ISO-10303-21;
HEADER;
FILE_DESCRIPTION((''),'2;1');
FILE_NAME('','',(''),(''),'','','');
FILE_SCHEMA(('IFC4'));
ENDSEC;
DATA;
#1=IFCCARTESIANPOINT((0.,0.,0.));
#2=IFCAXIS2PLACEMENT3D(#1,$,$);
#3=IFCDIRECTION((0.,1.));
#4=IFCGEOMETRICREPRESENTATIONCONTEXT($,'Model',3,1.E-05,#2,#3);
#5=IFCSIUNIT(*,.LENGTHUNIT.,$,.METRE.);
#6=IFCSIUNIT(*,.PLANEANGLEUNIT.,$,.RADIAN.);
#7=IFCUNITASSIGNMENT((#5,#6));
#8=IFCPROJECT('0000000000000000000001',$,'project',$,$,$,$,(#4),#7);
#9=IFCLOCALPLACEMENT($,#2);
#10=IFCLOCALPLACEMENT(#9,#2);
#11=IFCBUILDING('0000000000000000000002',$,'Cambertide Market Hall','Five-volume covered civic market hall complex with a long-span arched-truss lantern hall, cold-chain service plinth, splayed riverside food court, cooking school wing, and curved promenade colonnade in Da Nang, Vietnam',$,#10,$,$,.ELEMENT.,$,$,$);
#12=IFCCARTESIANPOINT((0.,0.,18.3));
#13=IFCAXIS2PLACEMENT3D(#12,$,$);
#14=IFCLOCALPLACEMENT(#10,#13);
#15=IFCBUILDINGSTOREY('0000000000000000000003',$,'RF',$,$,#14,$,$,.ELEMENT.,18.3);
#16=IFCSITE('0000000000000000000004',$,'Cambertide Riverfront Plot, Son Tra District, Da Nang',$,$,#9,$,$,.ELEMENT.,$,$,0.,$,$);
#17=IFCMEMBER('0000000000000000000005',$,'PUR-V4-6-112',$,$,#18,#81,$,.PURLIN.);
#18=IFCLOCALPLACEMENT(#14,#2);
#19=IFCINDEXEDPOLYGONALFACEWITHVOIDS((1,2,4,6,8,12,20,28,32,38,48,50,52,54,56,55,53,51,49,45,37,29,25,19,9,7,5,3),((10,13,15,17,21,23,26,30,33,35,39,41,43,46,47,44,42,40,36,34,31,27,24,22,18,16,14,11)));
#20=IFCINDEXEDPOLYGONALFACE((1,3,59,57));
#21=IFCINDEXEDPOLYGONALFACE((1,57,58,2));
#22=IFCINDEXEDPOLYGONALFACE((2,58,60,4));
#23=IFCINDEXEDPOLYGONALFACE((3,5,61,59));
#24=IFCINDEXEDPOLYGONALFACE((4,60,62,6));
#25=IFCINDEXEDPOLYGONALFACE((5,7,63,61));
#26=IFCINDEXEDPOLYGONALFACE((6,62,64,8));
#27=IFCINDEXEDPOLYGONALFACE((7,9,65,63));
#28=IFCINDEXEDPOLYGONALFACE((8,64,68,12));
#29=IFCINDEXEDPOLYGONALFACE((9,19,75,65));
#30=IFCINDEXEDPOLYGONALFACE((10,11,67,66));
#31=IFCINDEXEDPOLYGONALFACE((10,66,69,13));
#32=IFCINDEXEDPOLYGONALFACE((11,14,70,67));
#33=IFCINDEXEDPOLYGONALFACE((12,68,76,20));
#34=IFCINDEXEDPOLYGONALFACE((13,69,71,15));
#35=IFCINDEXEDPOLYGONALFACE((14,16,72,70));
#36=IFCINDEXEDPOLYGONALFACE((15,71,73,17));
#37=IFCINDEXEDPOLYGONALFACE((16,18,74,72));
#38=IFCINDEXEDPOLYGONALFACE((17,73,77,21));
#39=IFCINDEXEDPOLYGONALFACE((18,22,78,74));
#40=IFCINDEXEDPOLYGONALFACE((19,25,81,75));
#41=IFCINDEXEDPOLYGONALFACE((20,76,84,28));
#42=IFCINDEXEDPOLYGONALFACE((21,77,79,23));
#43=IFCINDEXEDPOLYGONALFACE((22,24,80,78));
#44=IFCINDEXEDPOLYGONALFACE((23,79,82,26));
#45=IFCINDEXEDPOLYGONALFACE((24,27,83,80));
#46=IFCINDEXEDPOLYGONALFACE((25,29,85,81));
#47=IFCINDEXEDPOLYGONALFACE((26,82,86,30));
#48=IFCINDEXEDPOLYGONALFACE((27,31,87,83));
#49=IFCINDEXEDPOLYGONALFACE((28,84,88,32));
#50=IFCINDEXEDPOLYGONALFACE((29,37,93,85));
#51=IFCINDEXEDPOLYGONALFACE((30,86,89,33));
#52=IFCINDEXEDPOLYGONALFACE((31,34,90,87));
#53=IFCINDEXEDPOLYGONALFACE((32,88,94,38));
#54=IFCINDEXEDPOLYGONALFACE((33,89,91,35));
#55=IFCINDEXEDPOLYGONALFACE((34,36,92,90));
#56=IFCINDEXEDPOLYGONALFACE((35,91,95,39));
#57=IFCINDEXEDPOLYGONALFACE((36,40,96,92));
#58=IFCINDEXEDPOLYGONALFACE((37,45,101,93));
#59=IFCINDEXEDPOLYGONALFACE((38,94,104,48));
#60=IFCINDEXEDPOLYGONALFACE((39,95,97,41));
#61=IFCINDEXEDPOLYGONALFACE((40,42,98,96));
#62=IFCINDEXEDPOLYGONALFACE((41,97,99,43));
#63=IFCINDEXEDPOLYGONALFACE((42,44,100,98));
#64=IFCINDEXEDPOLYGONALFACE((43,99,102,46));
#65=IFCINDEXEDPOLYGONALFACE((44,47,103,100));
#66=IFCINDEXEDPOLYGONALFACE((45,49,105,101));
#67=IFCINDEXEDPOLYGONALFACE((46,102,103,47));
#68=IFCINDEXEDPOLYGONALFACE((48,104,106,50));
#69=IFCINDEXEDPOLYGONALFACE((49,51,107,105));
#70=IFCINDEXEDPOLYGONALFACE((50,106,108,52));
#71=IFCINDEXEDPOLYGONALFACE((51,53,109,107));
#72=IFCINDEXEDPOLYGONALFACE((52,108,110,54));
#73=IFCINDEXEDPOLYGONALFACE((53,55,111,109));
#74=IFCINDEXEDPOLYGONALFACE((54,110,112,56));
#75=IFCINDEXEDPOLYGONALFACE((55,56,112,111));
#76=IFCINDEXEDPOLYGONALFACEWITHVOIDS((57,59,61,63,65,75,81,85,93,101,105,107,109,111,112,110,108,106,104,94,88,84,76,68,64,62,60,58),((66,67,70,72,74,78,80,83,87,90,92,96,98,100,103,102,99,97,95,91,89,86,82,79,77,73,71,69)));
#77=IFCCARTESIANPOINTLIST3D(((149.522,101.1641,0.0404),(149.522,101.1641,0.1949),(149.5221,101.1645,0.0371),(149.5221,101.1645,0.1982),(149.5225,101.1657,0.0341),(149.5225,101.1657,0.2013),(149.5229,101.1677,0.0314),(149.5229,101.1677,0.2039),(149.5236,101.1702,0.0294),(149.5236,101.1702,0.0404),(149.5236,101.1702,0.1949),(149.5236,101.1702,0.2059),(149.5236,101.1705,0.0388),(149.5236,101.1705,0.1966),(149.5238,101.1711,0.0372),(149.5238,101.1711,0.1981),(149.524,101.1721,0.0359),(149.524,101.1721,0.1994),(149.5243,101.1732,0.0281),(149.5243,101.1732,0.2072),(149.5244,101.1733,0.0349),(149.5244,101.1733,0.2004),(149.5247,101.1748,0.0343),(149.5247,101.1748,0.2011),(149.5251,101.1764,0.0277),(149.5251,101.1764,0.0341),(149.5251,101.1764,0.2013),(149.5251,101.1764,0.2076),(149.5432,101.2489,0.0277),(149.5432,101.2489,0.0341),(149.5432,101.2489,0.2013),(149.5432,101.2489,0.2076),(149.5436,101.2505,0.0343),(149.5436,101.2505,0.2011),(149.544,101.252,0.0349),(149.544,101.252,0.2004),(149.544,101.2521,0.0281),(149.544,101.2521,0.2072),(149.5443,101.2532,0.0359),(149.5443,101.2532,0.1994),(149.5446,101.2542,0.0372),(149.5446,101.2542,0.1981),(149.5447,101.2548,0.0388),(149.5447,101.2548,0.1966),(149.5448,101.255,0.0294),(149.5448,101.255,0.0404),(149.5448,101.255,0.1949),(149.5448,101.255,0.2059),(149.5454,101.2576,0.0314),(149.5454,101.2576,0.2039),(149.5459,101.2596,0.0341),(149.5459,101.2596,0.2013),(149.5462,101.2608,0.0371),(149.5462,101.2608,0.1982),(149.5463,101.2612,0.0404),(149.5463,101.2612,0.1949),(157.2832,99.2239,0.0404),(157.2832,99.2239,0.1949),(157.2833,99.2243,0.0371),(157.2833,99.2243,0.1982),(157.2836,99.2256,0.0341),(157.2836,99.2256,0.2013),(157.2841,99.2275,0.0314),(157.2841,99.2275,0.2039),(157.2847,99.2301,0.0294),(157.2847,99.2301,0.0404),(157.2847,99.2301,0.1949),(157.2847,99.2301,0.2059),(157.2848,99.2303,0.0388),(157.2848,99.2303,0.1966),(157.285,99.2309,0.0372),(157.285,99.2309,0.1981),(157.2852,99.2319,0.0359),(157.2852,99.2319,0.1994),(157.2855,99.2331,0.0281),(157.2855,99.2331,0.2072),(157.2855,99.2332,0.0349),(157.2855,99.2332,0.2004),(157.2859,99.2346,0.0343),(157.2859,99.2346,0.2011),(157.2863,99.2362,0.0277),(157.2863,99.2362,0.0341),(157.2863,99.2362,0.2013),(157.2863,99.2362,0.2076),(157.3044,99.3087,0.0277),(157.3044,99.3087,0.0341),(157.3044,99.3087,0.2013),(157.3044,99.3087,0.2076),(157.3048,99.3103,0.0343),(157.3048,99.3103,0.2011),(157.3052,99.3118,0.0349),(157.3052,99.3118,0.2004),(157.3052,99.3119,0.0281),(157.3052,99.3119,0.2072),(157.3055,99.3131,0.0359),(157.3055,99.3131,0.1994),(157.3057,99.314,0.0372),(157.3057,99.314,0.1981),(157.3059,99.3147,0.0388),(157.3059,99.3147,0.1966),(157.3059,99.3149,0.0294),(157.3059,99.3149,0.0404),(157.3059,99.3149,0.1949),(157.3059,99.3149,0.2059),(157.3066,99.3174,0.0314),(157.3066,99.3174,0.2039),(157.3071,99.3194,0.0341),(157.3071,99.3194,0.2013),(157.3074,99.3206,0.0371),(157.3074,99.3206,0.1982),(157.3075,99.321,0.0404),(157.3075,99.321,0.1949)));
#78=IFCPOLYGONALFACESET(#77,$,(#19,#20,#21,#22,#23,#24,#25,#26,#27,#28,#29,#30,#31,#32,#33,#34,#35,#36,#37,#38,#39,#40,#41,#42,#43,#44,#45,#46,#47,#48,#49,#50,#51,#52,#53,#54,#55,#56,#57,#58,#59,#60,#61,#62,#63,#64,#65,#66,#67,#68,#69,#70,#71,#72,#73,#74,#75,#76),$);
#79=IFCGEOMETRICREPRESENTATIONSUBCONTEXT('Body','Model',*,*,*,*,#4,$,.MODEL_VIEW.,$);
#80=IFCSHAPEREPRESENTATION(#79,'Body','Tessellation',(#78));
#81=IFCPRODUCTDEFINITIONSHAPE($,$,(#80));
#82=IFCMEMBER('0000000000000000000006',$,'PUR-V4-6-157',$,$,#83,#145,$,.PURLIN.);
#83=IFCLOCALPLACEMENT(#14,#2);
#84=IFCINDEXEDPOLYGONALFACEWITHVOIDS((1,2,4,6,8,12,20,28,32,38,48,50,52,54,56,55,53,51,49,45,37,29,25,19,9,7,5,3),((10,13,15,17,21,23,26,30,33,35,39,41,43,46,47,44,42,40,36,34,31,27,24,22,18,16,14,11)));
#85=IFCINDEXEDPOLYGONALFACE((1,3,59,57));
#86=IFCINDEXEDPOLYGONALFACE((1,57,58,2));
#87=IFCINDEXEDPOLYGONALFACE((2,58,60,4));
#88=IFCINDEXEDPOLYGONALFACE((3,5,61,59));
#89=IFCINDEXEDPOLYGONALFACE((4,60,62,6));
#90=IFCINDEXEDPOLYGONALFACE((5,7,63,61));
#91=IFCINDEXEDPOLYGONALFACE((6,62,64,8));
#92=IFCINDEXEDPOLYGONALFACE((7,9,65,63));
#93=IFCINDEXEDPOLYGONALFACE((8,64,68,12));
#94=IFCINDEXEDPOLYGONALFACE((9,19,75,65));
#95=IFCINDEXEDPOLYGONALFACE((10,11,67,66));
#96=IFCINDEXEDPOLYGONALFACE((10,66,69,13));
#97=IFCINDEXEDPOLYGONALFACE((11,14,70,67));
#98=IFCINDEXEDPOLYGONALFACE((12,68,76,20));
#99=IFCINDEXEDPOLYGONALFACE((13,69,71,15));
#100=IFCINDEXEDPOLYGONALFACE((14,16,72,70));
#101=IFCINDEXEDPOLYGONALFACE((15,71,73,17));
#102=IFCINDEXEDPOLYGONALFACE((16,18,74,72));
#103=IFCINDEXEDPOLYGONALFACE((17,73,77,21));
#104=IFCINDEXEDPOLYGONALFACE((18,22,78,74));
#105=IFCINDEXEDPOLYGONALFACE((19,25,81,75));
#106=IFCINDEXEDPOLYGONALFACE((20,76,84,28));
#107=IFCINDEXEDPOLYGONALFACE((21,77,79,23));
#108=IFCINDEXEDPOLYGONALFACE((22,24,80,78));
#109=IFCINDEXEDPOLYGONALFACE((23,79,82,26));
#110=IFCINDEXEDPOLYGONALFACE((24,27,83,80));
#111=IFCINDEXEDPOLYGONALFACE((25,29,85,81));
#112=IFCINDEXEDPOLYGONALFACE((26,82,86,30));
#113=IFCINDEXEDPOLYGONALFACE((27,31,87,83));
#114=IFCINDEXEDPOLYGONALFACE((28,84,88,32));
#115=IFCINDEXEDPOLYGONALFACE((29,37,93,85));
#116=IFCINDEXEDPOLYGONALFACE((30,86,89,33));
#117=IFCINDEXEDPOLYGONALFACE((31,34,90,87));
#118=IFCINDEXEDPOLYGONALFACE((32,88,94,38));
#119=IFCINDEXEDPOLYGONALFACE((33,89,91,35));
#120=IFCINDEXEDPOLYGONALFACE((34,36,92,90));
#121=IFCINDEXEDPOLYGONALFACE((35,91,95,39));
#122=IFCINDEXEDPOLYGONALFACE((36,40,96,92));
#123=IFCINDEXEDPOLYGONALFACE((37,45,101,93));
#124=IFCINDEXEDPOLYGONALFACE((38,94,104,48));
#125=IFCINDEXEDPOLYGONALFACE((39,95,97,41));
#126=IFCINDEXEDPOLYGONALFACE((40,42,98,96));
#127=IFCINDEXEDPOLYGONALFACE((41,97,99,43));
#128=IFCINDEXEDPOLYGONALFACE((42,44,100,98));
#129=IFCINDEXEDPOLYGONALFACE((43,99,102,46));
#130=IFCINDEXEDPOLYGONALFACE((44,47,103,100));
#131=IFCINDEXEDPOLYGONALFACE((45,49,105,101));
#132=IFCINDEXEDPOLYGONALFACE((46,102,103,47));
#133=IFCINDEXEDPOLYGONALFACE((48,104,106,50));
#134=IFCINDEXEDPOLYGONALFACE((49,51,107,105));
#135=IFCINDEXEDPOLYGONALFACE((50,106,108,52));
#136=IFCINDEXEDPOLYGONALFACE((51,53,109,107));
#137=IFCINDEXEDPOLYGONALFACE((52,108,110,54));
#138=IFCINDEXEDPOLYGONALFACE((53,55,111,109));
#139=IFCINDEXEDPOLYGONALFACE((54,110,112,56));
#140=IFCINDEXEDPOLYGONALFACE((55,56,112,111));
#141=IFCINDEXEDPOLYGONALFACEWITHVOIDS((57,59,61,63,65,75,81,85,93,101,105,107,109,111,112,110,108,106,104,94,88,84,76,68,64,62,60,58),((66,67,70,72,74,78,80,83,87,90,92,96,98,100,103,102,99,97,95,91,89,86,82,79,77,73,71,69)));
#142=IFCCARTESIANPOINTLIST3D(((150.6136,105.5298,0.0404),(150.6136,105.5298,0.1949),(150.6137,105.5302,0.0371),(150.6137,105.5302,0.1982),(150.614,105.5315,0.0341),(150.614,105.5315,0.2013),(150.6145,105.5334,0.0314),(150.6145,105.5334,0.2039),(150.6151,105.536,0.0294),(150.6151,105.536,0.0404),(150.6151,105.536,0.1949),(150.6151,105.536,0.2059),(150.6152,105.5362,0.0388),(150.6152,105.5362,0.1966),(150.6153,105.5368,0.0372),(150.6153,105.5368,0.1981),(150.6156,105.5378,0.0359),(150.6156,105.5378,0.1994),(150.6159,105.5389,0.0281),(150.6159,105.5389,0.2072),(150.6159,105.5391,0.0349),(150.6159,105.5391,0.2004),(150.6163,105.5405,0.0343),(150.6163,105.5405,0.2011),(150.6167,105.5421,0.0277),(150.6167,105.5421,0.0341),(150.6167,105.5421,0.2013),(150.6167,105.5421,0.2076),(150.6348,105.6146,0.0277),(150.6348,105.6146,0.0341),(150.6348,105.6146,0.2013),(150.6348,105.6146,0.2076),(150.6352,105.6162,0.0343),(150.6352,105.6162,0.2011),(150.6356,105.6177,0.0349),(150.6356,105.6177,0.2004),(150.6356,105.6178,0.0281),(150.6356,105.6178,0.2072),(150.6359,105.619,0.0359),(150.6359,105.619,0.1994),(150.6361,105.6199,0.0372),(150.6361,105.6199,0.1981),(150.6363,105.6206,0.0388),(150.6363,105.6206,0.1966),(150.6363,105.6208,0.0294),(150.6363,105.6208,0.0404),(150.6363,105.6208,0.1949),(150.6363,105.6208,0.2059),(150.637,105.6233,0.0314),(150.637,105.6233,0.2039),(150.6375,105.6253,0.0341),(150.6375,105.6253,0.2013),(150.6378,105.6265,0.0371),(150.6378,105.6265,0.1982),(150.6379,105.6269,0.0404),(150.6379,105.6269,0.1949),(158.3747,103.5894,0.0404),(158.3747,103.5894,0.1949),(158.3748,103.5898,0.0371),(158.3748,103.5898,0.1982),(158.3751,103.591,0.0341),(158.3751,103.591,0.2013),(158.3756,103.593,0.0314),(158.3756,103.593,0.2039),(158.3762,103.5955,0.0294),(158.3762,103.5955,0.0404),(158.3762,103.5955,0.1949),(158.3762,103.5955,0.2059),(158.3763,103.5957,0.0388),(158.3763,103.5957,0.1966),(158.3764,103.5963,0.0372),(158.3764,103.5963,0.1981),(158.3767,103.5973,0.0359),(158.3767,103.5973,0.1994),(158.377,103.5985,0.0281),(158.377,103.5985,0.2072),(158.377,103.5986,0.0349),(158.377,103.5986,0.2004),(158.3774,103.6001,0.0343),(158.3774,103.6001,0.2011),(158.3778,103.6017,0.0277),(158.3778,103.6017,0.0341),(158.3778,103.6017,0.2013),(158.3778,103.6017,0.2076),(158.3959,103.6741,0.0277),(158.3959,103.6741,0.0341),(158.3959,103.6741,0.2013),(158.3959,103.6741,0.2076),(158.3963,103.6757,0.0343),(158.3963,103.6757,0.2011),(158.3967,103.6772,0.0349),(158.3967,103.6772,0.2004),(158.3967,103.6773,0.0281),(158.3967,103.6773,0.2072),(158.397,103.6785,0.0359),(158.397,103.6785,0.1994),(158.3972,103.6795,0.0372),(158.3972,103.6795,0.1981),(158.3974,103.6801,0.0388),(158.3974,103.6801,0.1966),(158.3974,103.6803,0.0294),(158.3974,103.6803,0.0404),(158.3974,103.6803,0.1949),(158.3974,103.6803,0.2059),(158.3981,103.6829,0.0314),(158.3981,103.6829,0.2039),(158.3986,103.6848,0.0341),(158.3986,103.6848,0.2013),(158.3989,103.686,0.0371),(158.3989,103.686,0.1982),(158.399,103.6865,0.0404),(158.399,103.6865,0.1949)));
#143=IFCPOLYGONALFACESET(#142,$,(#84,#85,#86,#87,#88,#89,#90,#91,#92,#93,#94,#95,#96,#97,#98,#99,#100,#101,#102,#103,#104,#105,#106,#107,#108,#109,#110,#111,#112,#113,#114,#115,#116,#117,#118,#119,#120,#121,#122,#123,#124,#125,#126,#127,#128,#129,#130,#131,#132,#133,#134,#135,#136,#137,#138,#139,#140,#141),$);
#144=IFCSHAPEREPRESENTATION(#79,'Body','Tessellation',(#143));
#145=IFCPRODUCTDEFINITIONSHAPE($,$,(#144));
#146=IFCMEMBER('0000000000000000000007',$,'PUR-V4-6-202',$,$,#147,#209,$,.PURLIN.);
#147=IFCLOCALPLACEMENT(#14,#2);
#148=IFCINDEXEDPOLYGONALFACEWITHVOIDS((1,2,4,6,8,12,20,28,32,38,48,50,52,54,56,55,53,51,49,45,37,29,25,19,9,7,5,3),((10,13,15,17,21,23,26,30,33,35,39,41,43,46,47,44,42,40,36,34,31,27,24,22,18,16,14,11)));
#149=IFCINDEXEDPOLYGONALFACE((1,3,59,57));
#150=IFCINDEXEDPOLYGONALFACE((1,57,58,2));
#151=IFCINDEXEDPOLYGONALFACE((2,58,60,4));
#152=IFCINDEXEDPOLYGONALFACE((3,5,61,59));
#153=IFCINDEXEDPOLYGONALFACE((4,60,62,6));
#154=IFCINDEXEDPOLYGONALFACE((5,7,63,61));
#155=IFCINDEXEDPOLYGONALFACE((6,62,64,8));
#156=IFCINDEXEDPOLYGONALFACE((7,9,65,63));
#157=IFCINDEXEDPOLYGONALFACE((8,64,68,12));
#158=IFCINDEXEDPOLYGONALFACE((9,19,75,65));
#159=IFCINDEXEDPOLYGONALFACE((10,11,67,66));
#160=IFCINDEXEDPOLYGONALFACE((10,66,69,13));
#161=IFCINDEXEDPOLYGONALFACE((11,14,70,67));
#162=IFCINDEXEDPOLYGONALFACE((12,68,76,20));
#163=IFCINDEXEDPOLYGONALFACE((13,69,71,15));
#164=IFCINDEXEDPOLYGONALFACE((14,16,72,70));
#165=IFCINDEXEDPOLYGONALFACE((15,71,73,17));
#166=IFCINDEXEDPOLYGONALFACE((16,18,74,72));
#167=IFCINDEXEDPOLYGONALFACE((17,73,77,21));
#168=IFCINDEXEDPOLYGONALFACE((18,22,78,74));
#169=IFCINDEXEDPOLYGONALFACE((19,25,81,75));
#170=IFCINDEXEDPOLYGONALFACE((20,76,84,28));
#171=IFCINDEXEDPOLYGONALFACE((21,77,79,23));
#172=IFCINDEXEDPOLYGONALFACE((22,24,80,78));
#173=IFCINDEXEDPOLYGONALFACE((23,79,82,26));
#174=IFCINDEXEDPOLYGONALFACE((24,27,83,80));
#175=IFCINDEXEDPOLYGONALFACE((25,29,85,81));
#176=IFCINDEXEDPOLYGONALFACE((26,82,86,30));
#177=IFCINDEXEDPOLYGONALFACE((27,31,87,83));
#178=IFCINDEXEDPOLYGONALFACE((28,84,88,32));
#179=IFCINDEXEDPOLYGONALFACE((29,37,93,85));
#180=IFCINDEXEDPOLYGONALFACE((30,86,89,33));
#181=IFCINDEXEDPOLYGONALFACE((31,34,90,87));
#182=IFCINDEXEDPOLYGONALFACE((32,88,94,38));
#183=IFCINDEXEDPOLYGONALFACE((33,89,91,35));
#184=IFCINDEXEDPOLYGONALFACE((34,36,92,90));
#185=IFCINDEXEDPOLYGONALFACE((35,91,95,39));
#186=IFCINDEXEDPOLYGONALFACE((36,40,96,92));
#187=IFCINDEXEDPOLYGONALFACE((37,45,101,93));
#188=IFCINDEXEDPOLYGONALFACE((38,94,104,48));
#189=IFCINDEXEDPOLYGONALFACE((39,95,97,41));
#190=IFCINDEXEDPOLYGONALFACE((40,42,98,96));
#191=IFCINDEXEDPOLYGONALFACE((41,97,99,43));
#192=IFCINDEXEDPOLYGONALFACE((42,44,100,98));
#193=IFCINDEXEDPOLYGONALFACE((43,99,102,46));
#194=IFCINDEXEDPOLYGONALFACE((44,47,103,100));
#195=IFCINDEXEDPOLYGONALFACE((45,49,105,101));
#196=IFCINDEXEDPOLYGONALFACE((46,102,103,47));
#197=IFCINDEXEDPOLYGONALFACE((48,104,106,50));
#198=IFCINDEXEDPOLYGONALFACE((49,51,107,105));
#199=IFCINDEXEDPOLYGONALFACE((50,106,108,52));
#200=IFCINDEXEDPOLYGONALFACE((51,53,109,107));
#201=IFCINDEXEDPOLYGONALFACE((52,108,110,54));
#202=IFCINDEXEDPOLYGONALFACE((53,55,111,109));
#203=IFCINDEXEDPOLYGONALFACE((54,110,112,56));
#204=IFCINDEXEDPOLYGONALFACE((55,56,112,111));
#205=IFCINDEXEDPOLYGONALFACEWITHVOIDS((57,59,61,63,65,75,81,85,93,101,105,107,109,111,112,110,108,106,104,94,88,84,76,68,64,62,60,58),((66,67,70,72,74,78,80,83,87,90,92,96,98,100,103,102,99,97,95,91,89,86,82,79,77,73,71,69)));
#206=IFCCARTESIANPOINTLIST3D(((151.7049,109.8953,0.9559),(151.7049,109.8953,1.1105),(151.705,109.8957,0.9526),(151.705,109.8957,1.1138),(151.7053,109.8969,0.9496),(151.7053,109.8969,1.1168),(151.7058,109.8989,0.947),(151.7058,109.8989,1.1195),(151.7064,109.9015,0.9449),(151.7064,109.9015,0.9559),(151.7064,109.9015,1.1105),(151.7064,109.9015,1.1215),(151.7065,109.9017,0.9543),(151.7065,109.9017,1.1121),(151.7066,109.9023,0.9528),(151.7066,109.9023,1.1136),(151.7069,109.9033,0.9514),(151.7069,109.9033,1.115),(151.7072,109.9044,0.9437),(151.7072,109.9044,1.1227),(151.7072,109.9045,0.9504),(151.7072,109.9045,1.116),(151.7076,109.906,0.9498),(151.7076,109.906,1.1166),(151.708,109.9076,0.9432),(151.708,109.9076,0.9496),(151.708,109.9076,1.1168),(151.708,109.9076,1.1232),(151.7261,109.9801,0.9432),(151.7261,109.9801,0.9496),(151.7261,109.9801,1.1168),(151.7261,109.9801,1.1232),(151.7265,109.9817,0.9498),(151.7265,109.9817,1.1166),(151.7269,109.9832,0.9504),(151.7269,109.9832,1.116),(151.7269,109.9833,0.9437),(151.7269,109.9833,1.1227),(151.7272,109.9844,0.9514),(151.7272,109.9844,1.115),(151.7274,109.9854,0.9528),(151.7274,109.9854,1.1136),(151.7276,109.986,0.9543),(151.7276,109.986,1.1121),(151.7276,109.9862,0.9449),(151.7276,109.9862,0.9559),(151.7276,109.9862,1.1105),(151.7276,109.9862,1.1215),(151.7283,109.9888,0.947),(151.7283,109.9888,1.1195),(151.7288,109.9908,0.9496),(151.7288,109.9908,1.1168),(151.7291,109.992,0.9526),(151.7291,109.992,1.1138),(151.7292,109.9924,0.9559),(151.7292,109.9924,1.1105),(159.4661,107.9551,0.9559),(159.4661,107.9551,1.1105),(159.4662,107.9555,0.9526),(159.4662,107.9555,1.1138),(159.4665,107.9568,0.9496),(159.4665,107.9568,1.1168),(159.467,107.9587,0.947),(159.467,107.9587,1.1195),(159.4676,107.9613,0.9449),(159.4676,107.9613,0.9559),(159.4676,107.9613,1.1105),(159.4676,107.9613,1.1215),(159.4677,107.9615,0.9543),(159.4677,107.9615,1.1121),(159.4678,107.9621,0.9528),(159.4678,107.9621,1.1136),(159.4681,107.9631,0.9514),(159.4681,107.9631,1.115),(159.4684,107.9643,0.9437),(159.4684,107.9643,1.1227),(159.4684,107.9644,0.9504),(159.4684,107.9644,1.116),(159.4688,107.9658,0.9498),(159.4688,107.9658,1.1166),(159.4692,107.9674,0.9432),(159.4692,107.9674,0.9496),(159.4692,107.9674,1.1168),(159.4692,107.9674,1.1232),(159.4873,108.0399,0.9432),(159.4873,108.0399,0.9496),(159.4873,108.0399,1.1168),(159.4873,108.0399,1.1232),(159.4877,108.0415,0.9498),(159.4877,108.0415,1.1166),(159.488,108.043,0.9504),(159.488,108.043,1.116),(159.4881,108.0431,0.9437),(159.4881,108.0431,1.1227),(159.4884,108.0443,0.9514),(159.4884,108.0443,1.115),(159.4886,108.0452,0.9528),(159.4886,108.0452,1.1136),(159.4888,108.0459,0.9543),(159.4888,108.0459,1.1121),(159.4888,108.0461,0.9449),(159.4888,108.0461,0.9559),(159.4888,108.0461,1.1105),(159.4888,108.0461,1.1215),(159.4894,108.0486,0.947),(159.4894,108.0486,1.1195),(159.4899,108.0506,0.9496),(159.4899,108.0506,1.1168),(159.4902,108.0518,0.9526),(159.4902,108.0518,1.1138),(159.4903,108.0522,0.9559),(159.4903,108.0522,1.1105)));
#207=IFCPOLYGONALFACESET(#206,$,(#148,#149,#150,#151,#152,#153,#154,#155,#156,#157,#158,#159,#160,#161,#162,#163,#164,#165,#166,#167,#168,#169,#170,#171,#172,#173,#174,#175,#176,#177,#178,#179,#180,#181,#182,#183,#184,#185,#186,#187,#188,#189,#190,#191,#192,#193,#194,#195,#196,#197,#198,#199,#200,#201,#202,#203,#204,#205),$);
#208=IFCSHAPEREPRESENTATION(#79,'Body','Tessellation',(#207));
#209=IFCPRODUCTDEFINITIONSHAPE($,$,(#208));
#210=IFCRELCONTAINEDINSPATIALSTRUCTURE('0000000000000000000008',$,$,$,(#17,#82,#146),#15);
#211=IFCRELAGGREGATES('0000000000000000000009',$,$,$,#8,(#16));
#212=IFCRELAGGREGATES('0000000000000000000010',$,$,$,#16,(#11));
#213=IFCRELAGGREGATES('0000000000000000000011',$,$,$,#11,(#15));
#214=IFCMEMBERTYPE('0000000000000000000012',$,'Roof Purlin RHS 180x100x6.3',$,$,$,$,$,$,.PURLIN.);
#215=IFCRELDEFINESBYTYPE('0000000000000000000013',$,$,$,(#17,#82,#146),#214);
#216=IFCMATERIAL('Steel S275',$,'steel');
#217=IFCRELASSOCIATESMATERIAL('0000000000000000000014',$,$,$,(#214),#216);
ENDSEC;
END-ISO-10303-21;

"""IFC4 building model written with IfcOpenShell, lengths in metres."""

from ifc_helpers import new_model, si_unit, direction, frame, origin, origin_2d, place, context, subcontext, project, spatial, hollow_rectangle, extrude, material, material_profile, profile_set, type_object, element, save


model = new_model("IFC4")

# Units and contexts
model_context = context("Model", 3, precision=1e-05, world=origin(), true_north=direction((0.0, 1.0)))
body_context = subcontext(model_context, "Body", "Model", "MODEL_VIEW")
ifc_project = project(units=[si_unit("LENGTHUNIT", "METRE"), si_unit("PLANEANGLEUNIT", "RADIAN")], contexts=[model_context])

# Site, building, storey
site_placement = place(None, origin())
site = spatial("IfcSite", under=ifc_project, at=site_placement, Name="Cambertide Riverfront Plot, Son Tra District, Da Nang", CompositionType="ELEMENT", RefElevation=0.0)
building_placement = place(site_placement, origin())
building = spatial("IfcBuilding", under=site, at=building_placement, Name="Cambertide Market Hall", Description="Five-volume covered civic market hall complex with a long-span arched-truss lantern hall, cold-chain service plinth, splayed riverside food court, cooking school wing, and curved promenade colonnade in Da Nang, Vietnam", CompositionType="ELEMENT")
storey_placement = place(building_placement, frame((0.0, 0.0, 18.3)))
storey = spatial("IfcBuildingStorey", under=building, at=storey_placement, Name="RF", CompositionType="ELEMENT", Elevation=18.3)

# Members
ifc_material_1 = material(Name="Steel S275", Category="steel")
ifc_material_profile_1 = material_profile(ifc_material_1, hollow_rectangle(XDim=0.1001, YDim=0.1799, WallThickness=0.0063, InnerFilletRadius=0.0063, OuterFilletRadius=0.0127, at=origin_2d()), Name="RHS 180x100x6.3")
ifc_profile_set_1 = profile_set([ifc_material_profile_1], Name="Steel S275")
member_type_1 = type_object("IfcMemberType", Name="Roof Purlin RHS 180x100x6.3", PredefinedType="PURLIN", material=ifc_profile_set_1)
for number, where, z_axis, x_axis, name in (
    (1, (149.5342, 101.2126, 0.1177), (0.970146, -0.242521, 0.0), (0.242521, 0.970146, 0.0), "PUR-V4-6-112"),
    (2, (150.6257, 105.5784, 0.1177), (0.970137, -0.242557, 0.0), (0.242557, 0.970137, 0.0), "PUR-V4-6-157"),
    (3, (151.717, 109.9438, 1.0332), (0.970146, -0.242521, 0.0), (0.242521, 0.970146, 0.0), "PUR-V4-6-202"),
):
    element("IfcMember", number, at=place(storey_placement, frame(where, z_axis=z_axis, x_axis=x_axis)), inside=storey, type_object=member_type_1, Name=name, PredefinedType="PURLIN", context=body_context, shape_type="SweptSolid", body=[
        extrude(hollow_rectangle(XDim=0.1001, YDim=0.1799, WallThickness=0.0063, InnerFilletRadius=0.0063, OuterFilletRadius=0.0127, at=origin_2d()), origin(), (0.0, 0.0, 1.0), 8.0),
    ])

save(model, "model.ifc")
